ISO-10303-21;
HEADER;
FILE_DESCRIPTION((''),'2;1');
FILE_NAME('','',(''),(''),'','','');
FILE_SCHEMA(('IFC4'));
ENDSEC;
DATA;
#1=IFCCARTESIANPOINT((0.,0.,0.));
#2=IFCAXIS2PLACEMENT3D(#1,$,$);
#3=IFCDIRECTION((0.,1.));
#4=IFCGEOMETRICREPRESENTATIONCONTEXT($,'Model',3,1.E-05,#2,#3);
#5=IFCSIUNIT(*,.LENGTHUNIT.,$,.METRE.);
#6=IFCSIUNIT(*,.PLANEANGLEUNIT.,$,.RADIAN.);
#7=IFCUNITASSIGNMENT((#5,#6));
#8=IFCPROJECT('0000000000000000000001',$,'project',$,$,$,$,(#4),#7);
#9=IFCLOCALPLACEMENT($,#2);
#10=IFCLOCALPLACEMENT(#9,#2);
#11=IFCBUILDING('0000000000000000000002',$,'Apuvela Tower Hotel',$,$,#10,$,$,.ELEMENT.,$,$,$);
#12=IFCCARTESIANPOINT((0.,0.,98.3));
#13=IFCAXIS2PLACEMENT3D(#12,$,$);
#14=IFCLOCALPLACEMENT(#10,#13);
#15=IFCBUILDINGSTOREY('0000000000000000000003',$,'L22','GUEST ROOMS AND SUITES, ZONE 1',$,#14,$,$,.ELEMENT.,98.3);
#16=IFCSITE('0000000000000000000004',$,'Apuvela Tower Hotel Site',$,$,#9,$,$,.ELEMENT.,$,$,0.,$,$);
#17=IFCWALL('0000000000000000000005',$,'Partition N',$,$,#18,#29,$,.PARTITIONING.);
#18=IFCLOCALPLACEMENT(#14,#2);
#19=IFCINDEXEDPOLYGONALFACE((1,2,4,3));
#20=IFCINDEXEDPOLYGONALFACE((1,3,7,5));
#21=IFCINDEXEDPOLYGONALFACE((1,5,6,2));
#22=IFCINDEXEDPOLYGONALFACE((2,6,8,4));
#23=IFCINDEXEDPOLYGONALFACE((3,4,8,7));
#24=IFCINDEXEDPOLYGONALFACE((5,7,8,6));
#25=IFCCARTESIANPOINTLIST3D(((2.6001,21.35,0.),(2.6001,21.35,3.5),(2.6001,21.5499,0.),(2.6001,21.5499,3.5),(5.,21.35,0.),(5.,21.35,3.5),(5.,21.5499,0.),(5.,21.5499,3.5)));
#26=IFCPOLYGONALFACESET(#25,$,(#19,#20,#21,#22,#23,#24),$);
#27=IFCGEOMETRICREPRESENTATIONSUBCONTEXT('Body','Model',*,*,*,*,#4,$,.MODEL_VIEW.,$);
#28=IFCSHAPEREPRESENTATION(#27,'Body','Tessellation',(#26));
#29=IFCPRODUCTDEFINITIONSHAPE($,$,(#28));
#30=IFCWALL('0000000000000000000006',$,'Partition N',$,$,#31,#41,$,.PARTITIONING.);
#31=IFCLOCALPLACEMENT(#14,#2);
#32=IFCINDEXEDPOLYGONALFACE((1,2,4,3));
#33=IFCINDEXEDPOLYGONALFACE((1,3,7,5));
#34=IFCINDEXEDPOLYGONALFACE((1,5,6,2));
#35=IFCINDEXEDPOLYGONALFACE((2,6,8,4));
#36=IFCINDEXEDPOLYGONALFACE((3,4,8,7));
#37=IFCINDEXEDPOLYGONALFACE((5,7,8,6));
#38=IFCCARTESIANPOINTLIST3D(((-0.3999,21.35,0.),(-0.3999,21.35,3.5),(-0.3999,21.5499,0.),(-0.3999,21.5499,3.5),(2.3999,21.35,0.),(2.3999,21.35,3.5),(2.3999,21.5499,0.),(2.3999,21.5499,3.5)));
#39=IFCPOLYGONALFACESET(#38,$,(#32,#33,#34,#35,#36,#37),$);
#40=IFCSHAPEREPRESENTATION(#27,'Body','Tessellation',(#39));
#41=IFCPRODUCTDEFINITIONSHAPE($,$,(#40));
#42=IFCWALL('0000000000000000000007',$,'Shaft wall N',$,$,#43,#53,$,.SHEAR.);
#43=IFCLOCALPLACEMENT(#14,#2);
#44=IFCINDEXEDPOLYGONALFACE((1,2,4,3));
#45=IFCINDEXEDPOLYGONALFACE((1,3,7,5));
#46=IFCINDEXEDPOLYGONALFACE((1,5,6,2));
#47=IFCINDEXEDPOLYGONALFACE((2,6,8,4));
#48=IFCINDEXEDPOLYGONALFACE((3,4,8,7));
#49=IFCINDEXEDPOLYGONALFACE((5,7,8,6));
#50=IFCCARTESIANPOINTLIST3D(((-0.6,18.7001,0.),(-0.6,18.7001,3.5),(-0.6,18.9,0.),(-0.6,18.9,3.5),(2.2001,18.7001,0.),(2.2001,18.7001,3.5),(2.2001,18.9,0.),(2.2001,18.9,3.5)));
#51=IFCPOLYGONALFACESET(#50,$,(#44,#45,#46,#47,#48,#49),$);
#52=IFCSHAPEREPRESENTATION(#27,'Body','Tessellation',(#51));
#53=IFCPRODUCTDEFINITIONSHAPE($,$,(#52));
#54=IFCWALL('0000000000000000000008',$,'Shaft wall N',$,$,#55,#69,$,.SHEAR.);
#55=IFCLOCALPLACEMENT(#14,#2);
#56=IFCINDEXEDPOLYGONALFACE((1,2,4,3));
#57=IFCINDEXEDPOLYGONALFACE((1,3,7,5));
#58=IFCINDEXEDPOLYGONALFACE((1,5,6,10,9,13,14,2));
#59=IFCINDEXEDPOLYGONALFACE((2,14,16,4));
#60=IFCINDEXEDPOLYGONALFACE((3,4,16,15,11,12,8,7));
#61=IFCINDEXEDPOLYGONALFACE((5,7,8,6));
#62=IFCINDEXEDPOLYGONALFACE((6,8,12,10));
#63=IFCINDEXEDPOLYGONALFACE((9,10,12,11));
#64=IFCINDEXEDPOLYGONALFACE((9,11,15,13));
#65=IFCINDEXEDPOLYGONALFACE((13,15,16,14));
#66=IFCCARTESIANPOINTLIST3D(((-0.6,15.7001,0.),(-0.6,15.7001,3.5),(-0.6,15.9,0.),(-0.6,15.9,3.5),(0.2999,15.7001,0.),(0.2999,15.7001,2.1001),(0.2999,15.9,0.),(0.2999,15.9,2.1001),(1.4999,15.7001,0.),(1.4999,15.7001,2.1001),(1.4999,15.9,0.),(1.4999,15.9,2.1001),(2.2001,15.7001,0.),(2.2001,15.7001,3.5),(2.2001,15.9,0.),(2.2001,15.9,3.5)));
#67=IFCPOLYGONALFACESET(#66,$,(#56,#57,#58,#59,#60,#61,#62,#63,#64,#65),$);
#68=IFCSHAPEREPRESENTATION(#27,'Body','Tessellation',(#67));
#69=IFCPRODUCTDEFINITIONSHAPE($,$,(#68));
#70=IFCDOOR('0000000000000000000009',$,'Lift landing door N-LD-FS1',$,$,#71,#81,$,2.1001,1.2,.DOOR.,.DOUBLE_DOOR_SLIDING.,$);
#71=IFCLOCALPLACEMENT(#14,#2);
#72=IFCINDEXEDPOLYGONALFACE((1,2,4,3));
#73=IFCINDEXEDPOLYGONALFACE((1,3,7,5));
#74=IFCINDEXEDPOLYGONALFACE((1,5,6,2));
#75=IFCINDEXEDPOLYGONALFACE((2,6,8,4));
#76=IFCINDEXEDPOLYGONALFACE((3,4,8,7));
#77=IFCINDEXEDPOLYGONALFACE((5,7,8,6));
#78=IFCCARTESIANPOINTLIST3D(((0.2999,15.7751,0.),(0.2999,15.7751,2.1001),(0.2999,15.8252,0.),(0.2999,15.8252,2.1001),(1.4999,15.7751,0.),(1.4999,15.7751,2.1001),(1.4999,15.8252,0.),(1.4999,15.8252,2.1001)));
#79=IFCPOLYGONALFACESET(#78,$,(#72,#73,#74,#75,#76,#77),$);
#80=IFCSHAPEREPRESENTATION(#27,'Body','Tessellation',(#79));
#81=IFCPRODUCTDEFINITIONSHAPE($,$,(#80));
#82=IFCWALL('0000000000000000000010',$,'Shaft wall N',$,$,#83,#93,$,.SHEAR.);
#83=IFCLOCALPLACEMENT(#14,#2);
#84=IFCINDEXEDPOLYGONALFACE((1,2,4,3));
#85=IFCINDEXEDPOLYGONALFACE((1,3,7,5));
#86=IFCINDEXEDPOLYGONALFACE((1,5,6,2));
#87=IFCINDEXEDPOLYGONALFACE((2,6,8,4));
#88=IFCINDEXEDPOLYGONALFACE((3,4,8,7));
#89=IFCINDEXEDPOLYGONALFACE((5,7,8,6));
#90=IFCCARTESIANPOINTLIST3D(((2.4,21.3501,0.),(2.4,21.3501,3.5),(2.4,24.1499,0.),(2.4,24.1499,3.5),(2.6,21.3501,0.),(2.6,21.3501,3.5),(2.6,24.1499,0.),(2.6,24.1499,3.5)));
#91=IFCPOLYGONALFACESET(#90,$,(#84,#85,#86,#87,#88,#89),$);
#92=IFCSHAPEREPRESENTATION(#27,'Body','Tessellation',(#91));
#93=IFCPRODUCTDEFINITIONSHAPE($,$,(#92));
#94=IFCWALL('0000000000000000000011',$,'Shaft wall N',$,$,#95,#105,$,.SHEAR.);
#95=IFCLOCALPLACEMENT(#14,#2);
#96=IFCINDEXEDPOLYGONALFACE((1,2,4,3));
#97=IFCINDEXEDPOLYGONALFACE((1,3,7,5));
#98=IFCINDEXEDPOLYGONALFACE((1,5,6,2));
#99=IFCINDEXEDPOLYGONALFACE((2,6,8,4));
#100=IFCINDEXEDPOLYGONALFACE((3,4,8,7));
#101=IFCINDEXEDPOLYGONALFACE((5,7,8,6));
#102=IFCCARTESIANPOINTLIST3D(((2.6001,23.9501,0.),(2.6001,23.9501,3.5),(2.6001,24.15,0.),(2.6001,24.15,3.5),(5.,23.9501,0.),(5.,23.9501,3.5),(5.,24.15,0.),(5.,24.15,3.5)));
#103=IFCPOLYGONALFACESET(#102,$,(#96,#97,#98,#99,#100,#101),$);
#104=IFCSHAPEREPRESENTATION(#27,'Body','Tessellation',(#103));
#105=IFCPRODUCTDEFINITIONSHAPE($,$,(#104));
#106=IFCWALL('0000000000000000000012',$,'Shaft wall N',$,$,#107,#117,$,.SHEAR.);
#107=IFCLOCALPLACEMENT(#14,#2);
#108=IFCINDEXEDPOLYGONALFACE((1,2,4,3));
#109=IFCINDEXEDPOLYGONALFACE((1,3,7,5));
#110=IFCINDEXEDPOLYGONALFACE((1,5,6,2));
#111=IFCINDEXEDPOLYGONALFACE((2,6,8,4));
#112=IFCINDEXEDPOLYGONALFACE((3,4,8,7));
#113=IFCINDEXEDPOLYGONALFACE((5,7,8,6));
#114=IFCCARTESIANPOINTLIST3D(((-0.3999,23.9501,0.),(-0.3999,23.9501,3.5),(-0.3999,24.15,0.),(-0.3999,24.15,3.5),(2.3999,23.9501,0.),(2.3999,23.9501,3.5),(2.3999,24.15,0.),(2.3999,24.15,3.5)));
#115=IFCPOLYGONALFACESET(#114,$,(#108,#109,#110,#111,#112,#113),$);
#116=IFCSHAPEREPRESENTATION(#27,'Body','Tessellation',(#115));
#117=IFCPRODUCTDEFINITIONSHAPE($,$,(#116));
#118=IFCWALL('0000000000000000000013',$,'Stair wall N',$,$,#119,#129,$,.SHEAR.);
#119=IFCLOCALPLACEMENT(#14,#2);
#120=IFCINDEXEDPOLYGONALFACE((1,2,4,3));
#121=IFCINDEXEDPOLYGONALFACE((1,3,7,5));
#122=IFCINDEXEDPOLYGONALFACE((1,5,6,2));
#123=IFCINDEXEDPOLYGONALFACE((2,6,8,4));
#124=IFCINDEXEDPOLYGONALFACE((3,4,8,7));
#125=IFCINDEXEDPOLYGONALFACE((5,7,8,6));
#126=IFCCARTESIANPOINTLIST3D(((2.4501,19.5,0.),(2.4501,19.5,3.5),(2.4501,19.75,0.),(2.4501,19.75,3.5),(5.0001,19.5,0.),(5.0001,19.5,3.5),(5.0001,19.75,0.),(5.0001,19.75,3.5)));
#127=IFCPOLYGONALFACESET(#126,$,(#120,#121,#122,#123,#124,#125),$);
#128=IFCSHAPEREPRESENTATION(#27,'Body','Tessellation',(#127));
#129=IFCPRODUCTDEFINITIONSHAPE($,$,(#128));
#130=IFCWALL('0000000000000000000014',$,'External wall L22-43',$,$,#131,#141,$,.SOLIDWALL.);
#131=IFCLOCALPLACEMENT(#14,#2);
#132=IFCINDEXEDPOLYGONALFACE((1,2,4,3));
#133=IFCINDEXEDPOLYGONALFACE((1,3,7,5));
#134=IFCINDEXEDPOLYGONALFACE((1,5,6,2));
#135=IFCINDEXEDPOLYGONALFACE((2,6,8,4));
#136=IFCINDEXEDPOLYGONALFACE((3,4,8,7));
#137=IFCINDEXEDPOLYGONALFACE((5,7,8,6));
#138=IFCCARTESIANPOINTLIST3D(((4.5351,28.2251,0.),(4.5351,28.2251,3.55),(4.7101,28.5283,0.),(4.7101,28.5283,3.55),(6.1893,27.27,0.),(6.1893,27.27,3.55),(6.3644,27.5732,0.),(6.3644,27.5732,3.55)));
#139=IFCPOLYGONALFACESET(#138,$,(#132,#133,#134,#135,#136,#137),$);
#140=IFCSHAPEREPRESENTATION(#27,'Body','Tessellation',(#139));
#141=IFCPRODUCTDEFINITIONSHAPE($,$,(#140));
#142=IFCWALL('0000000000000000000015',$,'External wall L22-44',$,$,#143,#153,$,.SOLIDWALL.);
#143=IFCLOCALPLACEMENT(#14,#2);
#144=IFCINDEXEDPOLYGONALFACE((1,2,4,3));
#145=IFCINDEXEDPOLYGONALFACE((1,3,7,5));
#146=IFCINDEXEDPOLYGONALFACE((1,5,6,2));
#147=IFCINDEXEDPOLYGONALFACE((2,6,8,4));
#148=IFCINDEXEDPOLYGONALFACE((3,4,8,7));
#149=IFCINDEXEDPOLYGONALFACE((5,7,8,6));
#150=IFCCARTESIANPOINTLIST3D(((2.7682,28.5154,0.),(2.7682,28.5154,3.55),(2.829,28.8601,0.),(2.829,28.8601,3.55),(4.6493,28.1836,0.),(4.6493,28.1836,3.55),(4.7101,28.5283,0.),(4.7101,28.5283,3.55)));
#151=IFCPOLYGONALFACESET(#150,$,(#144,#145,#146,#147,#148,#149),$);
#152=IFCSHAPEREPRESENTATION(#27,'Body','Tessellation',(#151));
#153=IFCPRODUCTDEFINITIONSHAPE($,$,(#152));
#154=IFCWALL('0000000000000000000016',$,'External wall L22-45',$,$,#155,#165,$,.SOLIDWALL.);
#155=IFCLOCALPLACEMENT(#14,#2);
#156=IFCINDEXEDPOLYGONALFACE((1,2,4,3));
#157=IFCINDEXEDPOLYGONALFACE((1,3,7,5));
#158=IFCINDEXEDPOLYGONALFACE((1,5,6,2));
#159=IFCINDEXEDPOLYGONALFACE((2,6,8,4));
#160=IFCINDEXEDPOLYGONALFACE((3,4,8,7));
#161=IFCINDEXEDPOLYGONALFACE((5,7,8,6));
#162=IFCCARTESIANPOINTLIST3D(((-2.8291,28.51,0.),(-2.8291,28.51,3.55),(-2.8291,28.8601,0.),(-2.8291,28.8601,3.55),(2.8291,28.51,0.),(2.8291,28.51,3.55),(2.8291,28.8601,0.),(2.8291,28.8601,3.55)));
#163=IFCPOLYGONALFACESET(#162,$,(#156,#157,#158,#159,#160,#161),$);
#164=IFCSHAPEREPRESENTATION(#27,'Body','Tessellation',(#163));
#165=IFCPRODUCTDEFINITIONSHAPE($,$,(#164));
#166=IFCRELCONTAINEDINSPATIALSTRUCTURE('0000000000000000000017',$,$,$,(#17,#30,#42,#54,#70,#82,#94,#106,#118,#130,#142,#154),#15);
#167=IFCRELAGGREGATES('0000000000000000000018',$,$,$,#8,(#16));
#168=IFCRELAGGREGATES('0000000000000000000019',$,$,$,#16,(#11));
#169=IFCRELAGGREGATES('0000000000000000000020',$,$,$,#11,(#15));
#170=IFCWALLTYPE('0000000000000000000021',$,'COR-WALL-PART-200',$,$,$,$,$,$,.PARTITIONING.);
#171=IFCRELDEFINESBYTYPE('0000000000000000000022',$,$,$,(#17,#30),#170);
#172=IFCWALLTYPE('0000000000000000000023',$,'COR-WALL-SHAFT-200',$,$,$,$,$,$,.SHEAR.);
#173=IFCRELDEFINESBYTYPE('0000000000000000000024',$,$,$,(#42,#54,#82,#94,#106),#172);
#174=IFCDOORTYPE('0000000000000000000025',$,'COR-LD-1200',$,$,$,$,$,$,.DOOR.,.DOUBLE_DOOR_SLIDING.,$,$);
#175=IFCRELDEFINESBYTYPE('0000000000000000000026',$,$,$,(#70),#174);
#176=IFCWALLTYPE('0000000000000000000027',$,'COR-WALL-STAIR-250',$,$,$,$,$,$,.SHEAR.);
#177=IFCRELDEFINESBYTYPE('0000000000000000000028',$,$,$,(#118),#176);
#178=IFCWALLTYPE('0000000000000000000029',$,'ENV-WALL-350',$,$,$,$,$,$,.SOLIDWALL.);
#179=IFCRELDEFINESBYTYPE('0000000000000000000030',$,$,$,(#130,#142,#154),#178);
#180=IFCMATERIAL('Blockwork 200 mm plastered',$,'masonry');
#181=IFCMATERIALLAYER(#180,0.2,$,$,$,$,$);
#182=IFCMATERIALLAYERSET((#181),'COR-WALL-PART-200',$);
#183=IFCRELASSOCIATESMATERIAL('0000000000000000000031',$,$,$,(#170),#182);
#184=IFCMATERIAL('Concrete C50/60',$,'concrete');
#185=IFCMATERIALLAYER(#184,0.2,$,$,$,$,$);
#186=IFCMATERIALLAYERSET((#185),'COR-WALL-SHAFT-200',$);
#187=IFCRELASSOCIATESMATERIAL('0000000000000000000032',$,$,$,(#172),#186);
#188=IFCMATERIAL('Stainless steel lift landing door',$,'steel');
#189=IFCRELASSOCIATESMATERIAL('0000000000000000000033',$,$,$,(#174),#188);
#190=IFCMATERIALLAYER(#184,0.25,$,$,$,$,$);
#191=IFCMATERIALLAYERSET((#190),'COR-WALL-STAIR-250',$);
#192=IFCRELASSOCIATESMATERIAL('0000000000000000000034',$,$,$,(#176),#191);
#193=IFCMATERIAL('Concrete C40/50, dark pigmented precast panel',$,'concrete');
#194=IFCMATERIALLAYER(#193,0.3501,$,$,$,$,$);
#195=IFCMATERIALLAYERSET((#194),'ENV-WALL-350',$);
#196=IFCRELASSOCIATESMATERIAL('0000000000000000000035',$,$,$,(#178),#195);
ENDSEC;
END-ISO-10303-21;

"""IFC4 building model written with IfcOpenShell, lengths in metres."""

from ifc_helpers import new_model, si_unit, direction, frame, frame_2d, origin, place, context, subcontext, project, spatial, rectangle, extrude, material, layer, layer_set, type_object, element, fill, save


model = new_model("IFC4")

# Units and contexts
model_context = context("Model", 3, precision=1e-05, world=origin(), true_north=direction((0.0, 1.0)))
body_context = subcontext(model_context, "Body", "Model", "MODEL_VIEW")
ifc_project = project(units=[si_unit("LENGTHUNIT", "METRE"), si_unit("PLANEANGLEUNIT", "RADIAN")], contexts=[model_context])

# Site, building, storey
site_placement = place(None, origin())
site = spatial("IfcSite", under=ifc_project, at=site_placement, Name="Apuvela Tower Hotel Site", CompositionType="ELEMENT", RefElevation=0.0)
building_placement = place(site_placement, origin())
building = spatial("IfcBuilding", under=site, at=building_placement, Name="Apuvela Tower Hotel", CompositionType="ELEMENT")
storey_placement = place(building_placement, frame((0.0, 0.0, 98.3)))
storey = spatial("IfcBuildingStorey", under=building, at=storey_placement, Name="L22", Description="GUEST ROOMS AND SUITES, ZONE 1", CompositionType="ELEMENT", Elevation=98.3)

# Walls
ifc_material_1 = material(Name="Blockwork 200 mm plastered", Category="masonry")
ifc_layer_1 = layer(ifc_material_1, 0.2)
ifc_layer_set_1 = layer_set([ifc_layer_1], Name="COR-WALL-PART-200")
wall_type_1 = type_object("IfcWallType", Name="COR-WALL-PART-200", PredefinedType="PARTITIONING", material=ifc_layer_set_1)
wall_1_placement = place(storey_placement, frame((5.0, 21.45, 0.0), z_axis=(0.0, 0.0, 1.0), x_axis=(-1.0, 0.0, 0.0)))
element("IfcWall", 1, at=wall_1_placement, inside=storey, type_object=wall_type_1, Name="Partition N", PredefinedType="PARTITIONING", context=body_context, shape_type="SweptSolid", body=[
    extrude(rectangle(XDim=2.3999, YDim=0.2, at=frame_2d((1.2, 0.0))), origin(), (0.0, 0.0, 1.0), 3.5),
])
wall_2_placement = place(storey_placement, frame((2.3999, 21.45, 0.0), z_axis=(0.0, 0.0, 1.0), x_axis=(-1.0, 0.0, 0.0)))
element("IfcWall", 2, at=wall_2_placement, inside=storey, type_object=wall_type_1, Name="Partition N", PredefinedType="PARTITIONING", context=body_context, shape_type="SweptSolid", body=[
    extrude(rectangle(XDim=2.7998, YDim=0.2, at=frame_2d((1.3999, 0.0))), origin(), (0.0, 0.0, 1.0), 3.5),
])
ifc_material_2 = material(Name="Concrete C50/60", Category="concrete")
ifc_layer_2 = layer(ifc_material_2, 0.2)
ifc_layer_set_2 = layer_set([ifc_layer_2], Name="COR-WALL-SHAFT-200")
wall_type_2 = type_object("IfcWallType", Name="COR-WALL-SHAFT-200", PredefinedType="SHEAR", material=ifc_layer_set_2)
wall_3_placement = place(storey_placement, frame((2.2, 18.8, 0.0), z_axis=(0.0, 0.0, 1.0), x_axis=(-1.0, 0.0, 0.0)))
element("IfcWall", 3, at=wall_3_placement, inside=storey, type_object=wall_type_2, Name="Shaft wall N", PredefinedType="SHEAR", context=body_context, shape_type="SweptSolid", body=[
    extrude(rectangle(XDim=2.8, YDim=0.2, at=frame_2d((1.3999, 0.0))), origin(), (0.0, 0.0, 1.0), 3.5),
])

# Wall, opening, door
wall_4_placement = place(storey_placement, frame((2.2, 15.8, 0.0), z_axis=(0.0, 0.0, 1.0), x_axis=(-1.0, 0.0, 0.0)))
wall_4 = element("IfcWall", 4, at=wall_4_placement, inside=storey, type_object=wall_type_2, Name="Shaft wall N", PredefinedType="SHEAR", context=body_context, shape_type="SweptSolid", body=[
    extrude(rectangle(XDim=2.8, YDim=0.2, at=frame_2d((1.3999, 0.0))), origin(), (0.0, 0.0, 1.0), 3.5),
])
opening_placement = place(wall_4_placement, frame((0.7, 0.0, 0.0)))
opening = element("IfcOpeningElement", 5, at=opening_placement, cuts=wall_4, PredefinedType="OPENING", context=body_context, shape_type="SweptSolid", body=[
    extrude(rectangle(XDim=1.2, YDim=2.1001, at=frame_2d((0.6001, 1.05))), frame((0.0, 0.1099, 0.0), z_axis=(0.0, -1.0, 0.0), x_axis=(1.0, 0.0, 0.0)), (0.0, 0.0, 1.0), 0.22),
])
ifc_material_3 = material(Name="Stainless steel lift landing door", Category="steel")
door_type = type_object("IfcDoorType", Name="COR-LD-1200", OperationType="DOUBLE_DOOR_SLIDING", PredefinedType="DOOR", material=ifc_material_3)
door_placement = place(opening_placement, origin())
door = element("IfcDoor", 6, at=door_placement, inside=storey, type_object=door_type, Name="Lift landing door N-LD-FS1", OperationType="DOUBLE_DOOR_SLIDING", OverallHeight=2.1001, OverallWidth=1.2, PredefinedType="DOOR", context=body_context, shape_type="SweptSolid", body=[
    extrude(rectangle(XDim=1.2, YDim=2.1001, at=frame_2d((0.6001, 1.05))), frame((0.0, 0.0249, 0.0), z_axis=(0.0, -1.0, 0.0), x_axis=(1.0, 0.0, 0.0)), (0.0, 0.0, 1.0), 0.05),
])
fill(opening, door)

# Walls
wall_5_placement = place(storey_placement, frame((2.5, 21.3501, 0.0), z_axis=(0.0, 0.0, 1.0), x_axis=(0.0, 1.0, 0.0)))
element("IfcWall", 7, at=wall_5_placement, inside=storey, type_object=wall_type_2, Name="Shaft wall N", PredefinedType="SHEAR", context=body_context, shape_type="SweptSolid", body=[
    extrude(rectangle(XDim=2.7998, YDim=0.2, at=frame_2d((1.3999, 0.0))), origin(), (0.0, 0.0, 1.0), 3.5),
])
wall_6_placement = place(storey_placement, frame((5.0, 24.05, 0.0), z_axis=(0.0, 0.0, 1.0), x_axis=(-1.0, 0.0, 0.0)))
element("IfcWall", 8, at=wall_6_placement, inside=storey, type_object=wall_type_2, Name="Shaft wall N", PredefinedType="SHEAR", context=body_context, shape_type="SweptSolid", body=[
    extrude(rectangle(XDim=2.3999, YDim=0.2, at=frame_2d((1.2, 0.0))), origin(), (0.0, 0.0, 1.0), 3.5),
])
wall_7_placement = place(storey_placement, frame((2.3999, 24.05, 0.0), z_axis=(0.0, 0.0, 1.0), x_axis=(-1.0, 0.0, 0.0)))
element("IfcWall", 9, at=wall_7_placement, inside=storey, type_object=wall_type_2, Name="Shaft wall N", PredefinedType="SHEAR", context=body_context, shape_type="SweptSolid", body=[
    extrude(rectangle(XDim=2.7998, YDim=0.2, at=frame_2d((1.3999, 0.0))), origin(), (0.0, 0.0, 1.0), 3.5),
])
ifc_layer_3 = layer(ifc_material_2, 0.25)
ifc_layer_set_3 = layer_set([ifc_layer_3], Name="COR-WALL-STAIR-250")
wall_type_3 = type_object("IfcWallType", Name="COR-WALL-STAIR-250", PredefinedType="SHEAR", material=ifc_layer_set_3)
wall_8_placement = place(storey_placement, frame((5.0, 19.625, 0.0), z_axis=(0.0, 0.0, 1.0), x_axis=(-1.0, 0.0, 0.0)))
element("IfcWall", 10, at=wall_8_placement, inside=storey, type_object=wall_type_3, Name="Stair wall N", PredefinedType="SHEAR", context=body_context, shape_type="SweptSolid", body=[
    extrude(rectangle(XDim=2.55, YDim=0.25, at=frame_2d((1.2749, 0.0))), origin(), (0.0, 0.0, 1.0), 3.5),
])
ifc_material_4 = material(Name="Concrete C40/50, dark pigmented precast panel", Category="concrete")
ifc_layer_4 = layer(ifc_material_4, 0.3501)
ifc_layer_set_4 = layer_set([ifc_layer_4], Name="ENV-WALL-350")
wall_type_4 = type_object("IfcWallType", Name="ENV-WALL-350", PredefinedType="SOLIDWALL", material=ifc_layer_set_4)
for number, where, z_axis, x_axis, name in (
    (11, (6.2769, 27.4216, 0.0), (0.0, 0.0, 1.0), (-0.866032, 0.499988, 0.0), "External wall L22-43"),
    (12, (4.6797, 28.356, 0.0), (0.0, 0.0, 1.0), (-0.984799, 0.173698, 0.0), "External wall L22-44"),
):
    element("IfcWall", number, at=place(storey_placement, frame(where, z_axis=z_axis, x_axis=x_axis)), inside=storey, type_object=wall_type_4, Name=name, PredefinedType="SOLIDWALL", context=body_context, shape_type="SweptSolid", body=[
        extrude(rectangle(XDim=1.9102, YDim=0.3501, at=frame_2d((0.9551, 0.0))), origin(), (0.0, 0.0, 1.0), 3.55),
    ])
wall_9_placement = place(storey_placement, frame((2.8291, 28.6851, 0.0), z_axis=(0.0, 0.0, 1.0), x_axis=(-1.0, 0.0, 0.0)))
element("IfcWall", 13, at=wall_9_placement, inside=storey, type_object=wall_type_4, Name="External wall L22-45", PredefinedType="SOLIDWALL", context=body_context, shape_type="SweptSolid", body=[
    extrude(rectangle(XDim=5.6582, YDim=0.3501, at=frame_2d((2.8291, 0.0))), origin(), (0.0, 0.0, 1.0), 3.55),
])

save(model, "model.ifc")
